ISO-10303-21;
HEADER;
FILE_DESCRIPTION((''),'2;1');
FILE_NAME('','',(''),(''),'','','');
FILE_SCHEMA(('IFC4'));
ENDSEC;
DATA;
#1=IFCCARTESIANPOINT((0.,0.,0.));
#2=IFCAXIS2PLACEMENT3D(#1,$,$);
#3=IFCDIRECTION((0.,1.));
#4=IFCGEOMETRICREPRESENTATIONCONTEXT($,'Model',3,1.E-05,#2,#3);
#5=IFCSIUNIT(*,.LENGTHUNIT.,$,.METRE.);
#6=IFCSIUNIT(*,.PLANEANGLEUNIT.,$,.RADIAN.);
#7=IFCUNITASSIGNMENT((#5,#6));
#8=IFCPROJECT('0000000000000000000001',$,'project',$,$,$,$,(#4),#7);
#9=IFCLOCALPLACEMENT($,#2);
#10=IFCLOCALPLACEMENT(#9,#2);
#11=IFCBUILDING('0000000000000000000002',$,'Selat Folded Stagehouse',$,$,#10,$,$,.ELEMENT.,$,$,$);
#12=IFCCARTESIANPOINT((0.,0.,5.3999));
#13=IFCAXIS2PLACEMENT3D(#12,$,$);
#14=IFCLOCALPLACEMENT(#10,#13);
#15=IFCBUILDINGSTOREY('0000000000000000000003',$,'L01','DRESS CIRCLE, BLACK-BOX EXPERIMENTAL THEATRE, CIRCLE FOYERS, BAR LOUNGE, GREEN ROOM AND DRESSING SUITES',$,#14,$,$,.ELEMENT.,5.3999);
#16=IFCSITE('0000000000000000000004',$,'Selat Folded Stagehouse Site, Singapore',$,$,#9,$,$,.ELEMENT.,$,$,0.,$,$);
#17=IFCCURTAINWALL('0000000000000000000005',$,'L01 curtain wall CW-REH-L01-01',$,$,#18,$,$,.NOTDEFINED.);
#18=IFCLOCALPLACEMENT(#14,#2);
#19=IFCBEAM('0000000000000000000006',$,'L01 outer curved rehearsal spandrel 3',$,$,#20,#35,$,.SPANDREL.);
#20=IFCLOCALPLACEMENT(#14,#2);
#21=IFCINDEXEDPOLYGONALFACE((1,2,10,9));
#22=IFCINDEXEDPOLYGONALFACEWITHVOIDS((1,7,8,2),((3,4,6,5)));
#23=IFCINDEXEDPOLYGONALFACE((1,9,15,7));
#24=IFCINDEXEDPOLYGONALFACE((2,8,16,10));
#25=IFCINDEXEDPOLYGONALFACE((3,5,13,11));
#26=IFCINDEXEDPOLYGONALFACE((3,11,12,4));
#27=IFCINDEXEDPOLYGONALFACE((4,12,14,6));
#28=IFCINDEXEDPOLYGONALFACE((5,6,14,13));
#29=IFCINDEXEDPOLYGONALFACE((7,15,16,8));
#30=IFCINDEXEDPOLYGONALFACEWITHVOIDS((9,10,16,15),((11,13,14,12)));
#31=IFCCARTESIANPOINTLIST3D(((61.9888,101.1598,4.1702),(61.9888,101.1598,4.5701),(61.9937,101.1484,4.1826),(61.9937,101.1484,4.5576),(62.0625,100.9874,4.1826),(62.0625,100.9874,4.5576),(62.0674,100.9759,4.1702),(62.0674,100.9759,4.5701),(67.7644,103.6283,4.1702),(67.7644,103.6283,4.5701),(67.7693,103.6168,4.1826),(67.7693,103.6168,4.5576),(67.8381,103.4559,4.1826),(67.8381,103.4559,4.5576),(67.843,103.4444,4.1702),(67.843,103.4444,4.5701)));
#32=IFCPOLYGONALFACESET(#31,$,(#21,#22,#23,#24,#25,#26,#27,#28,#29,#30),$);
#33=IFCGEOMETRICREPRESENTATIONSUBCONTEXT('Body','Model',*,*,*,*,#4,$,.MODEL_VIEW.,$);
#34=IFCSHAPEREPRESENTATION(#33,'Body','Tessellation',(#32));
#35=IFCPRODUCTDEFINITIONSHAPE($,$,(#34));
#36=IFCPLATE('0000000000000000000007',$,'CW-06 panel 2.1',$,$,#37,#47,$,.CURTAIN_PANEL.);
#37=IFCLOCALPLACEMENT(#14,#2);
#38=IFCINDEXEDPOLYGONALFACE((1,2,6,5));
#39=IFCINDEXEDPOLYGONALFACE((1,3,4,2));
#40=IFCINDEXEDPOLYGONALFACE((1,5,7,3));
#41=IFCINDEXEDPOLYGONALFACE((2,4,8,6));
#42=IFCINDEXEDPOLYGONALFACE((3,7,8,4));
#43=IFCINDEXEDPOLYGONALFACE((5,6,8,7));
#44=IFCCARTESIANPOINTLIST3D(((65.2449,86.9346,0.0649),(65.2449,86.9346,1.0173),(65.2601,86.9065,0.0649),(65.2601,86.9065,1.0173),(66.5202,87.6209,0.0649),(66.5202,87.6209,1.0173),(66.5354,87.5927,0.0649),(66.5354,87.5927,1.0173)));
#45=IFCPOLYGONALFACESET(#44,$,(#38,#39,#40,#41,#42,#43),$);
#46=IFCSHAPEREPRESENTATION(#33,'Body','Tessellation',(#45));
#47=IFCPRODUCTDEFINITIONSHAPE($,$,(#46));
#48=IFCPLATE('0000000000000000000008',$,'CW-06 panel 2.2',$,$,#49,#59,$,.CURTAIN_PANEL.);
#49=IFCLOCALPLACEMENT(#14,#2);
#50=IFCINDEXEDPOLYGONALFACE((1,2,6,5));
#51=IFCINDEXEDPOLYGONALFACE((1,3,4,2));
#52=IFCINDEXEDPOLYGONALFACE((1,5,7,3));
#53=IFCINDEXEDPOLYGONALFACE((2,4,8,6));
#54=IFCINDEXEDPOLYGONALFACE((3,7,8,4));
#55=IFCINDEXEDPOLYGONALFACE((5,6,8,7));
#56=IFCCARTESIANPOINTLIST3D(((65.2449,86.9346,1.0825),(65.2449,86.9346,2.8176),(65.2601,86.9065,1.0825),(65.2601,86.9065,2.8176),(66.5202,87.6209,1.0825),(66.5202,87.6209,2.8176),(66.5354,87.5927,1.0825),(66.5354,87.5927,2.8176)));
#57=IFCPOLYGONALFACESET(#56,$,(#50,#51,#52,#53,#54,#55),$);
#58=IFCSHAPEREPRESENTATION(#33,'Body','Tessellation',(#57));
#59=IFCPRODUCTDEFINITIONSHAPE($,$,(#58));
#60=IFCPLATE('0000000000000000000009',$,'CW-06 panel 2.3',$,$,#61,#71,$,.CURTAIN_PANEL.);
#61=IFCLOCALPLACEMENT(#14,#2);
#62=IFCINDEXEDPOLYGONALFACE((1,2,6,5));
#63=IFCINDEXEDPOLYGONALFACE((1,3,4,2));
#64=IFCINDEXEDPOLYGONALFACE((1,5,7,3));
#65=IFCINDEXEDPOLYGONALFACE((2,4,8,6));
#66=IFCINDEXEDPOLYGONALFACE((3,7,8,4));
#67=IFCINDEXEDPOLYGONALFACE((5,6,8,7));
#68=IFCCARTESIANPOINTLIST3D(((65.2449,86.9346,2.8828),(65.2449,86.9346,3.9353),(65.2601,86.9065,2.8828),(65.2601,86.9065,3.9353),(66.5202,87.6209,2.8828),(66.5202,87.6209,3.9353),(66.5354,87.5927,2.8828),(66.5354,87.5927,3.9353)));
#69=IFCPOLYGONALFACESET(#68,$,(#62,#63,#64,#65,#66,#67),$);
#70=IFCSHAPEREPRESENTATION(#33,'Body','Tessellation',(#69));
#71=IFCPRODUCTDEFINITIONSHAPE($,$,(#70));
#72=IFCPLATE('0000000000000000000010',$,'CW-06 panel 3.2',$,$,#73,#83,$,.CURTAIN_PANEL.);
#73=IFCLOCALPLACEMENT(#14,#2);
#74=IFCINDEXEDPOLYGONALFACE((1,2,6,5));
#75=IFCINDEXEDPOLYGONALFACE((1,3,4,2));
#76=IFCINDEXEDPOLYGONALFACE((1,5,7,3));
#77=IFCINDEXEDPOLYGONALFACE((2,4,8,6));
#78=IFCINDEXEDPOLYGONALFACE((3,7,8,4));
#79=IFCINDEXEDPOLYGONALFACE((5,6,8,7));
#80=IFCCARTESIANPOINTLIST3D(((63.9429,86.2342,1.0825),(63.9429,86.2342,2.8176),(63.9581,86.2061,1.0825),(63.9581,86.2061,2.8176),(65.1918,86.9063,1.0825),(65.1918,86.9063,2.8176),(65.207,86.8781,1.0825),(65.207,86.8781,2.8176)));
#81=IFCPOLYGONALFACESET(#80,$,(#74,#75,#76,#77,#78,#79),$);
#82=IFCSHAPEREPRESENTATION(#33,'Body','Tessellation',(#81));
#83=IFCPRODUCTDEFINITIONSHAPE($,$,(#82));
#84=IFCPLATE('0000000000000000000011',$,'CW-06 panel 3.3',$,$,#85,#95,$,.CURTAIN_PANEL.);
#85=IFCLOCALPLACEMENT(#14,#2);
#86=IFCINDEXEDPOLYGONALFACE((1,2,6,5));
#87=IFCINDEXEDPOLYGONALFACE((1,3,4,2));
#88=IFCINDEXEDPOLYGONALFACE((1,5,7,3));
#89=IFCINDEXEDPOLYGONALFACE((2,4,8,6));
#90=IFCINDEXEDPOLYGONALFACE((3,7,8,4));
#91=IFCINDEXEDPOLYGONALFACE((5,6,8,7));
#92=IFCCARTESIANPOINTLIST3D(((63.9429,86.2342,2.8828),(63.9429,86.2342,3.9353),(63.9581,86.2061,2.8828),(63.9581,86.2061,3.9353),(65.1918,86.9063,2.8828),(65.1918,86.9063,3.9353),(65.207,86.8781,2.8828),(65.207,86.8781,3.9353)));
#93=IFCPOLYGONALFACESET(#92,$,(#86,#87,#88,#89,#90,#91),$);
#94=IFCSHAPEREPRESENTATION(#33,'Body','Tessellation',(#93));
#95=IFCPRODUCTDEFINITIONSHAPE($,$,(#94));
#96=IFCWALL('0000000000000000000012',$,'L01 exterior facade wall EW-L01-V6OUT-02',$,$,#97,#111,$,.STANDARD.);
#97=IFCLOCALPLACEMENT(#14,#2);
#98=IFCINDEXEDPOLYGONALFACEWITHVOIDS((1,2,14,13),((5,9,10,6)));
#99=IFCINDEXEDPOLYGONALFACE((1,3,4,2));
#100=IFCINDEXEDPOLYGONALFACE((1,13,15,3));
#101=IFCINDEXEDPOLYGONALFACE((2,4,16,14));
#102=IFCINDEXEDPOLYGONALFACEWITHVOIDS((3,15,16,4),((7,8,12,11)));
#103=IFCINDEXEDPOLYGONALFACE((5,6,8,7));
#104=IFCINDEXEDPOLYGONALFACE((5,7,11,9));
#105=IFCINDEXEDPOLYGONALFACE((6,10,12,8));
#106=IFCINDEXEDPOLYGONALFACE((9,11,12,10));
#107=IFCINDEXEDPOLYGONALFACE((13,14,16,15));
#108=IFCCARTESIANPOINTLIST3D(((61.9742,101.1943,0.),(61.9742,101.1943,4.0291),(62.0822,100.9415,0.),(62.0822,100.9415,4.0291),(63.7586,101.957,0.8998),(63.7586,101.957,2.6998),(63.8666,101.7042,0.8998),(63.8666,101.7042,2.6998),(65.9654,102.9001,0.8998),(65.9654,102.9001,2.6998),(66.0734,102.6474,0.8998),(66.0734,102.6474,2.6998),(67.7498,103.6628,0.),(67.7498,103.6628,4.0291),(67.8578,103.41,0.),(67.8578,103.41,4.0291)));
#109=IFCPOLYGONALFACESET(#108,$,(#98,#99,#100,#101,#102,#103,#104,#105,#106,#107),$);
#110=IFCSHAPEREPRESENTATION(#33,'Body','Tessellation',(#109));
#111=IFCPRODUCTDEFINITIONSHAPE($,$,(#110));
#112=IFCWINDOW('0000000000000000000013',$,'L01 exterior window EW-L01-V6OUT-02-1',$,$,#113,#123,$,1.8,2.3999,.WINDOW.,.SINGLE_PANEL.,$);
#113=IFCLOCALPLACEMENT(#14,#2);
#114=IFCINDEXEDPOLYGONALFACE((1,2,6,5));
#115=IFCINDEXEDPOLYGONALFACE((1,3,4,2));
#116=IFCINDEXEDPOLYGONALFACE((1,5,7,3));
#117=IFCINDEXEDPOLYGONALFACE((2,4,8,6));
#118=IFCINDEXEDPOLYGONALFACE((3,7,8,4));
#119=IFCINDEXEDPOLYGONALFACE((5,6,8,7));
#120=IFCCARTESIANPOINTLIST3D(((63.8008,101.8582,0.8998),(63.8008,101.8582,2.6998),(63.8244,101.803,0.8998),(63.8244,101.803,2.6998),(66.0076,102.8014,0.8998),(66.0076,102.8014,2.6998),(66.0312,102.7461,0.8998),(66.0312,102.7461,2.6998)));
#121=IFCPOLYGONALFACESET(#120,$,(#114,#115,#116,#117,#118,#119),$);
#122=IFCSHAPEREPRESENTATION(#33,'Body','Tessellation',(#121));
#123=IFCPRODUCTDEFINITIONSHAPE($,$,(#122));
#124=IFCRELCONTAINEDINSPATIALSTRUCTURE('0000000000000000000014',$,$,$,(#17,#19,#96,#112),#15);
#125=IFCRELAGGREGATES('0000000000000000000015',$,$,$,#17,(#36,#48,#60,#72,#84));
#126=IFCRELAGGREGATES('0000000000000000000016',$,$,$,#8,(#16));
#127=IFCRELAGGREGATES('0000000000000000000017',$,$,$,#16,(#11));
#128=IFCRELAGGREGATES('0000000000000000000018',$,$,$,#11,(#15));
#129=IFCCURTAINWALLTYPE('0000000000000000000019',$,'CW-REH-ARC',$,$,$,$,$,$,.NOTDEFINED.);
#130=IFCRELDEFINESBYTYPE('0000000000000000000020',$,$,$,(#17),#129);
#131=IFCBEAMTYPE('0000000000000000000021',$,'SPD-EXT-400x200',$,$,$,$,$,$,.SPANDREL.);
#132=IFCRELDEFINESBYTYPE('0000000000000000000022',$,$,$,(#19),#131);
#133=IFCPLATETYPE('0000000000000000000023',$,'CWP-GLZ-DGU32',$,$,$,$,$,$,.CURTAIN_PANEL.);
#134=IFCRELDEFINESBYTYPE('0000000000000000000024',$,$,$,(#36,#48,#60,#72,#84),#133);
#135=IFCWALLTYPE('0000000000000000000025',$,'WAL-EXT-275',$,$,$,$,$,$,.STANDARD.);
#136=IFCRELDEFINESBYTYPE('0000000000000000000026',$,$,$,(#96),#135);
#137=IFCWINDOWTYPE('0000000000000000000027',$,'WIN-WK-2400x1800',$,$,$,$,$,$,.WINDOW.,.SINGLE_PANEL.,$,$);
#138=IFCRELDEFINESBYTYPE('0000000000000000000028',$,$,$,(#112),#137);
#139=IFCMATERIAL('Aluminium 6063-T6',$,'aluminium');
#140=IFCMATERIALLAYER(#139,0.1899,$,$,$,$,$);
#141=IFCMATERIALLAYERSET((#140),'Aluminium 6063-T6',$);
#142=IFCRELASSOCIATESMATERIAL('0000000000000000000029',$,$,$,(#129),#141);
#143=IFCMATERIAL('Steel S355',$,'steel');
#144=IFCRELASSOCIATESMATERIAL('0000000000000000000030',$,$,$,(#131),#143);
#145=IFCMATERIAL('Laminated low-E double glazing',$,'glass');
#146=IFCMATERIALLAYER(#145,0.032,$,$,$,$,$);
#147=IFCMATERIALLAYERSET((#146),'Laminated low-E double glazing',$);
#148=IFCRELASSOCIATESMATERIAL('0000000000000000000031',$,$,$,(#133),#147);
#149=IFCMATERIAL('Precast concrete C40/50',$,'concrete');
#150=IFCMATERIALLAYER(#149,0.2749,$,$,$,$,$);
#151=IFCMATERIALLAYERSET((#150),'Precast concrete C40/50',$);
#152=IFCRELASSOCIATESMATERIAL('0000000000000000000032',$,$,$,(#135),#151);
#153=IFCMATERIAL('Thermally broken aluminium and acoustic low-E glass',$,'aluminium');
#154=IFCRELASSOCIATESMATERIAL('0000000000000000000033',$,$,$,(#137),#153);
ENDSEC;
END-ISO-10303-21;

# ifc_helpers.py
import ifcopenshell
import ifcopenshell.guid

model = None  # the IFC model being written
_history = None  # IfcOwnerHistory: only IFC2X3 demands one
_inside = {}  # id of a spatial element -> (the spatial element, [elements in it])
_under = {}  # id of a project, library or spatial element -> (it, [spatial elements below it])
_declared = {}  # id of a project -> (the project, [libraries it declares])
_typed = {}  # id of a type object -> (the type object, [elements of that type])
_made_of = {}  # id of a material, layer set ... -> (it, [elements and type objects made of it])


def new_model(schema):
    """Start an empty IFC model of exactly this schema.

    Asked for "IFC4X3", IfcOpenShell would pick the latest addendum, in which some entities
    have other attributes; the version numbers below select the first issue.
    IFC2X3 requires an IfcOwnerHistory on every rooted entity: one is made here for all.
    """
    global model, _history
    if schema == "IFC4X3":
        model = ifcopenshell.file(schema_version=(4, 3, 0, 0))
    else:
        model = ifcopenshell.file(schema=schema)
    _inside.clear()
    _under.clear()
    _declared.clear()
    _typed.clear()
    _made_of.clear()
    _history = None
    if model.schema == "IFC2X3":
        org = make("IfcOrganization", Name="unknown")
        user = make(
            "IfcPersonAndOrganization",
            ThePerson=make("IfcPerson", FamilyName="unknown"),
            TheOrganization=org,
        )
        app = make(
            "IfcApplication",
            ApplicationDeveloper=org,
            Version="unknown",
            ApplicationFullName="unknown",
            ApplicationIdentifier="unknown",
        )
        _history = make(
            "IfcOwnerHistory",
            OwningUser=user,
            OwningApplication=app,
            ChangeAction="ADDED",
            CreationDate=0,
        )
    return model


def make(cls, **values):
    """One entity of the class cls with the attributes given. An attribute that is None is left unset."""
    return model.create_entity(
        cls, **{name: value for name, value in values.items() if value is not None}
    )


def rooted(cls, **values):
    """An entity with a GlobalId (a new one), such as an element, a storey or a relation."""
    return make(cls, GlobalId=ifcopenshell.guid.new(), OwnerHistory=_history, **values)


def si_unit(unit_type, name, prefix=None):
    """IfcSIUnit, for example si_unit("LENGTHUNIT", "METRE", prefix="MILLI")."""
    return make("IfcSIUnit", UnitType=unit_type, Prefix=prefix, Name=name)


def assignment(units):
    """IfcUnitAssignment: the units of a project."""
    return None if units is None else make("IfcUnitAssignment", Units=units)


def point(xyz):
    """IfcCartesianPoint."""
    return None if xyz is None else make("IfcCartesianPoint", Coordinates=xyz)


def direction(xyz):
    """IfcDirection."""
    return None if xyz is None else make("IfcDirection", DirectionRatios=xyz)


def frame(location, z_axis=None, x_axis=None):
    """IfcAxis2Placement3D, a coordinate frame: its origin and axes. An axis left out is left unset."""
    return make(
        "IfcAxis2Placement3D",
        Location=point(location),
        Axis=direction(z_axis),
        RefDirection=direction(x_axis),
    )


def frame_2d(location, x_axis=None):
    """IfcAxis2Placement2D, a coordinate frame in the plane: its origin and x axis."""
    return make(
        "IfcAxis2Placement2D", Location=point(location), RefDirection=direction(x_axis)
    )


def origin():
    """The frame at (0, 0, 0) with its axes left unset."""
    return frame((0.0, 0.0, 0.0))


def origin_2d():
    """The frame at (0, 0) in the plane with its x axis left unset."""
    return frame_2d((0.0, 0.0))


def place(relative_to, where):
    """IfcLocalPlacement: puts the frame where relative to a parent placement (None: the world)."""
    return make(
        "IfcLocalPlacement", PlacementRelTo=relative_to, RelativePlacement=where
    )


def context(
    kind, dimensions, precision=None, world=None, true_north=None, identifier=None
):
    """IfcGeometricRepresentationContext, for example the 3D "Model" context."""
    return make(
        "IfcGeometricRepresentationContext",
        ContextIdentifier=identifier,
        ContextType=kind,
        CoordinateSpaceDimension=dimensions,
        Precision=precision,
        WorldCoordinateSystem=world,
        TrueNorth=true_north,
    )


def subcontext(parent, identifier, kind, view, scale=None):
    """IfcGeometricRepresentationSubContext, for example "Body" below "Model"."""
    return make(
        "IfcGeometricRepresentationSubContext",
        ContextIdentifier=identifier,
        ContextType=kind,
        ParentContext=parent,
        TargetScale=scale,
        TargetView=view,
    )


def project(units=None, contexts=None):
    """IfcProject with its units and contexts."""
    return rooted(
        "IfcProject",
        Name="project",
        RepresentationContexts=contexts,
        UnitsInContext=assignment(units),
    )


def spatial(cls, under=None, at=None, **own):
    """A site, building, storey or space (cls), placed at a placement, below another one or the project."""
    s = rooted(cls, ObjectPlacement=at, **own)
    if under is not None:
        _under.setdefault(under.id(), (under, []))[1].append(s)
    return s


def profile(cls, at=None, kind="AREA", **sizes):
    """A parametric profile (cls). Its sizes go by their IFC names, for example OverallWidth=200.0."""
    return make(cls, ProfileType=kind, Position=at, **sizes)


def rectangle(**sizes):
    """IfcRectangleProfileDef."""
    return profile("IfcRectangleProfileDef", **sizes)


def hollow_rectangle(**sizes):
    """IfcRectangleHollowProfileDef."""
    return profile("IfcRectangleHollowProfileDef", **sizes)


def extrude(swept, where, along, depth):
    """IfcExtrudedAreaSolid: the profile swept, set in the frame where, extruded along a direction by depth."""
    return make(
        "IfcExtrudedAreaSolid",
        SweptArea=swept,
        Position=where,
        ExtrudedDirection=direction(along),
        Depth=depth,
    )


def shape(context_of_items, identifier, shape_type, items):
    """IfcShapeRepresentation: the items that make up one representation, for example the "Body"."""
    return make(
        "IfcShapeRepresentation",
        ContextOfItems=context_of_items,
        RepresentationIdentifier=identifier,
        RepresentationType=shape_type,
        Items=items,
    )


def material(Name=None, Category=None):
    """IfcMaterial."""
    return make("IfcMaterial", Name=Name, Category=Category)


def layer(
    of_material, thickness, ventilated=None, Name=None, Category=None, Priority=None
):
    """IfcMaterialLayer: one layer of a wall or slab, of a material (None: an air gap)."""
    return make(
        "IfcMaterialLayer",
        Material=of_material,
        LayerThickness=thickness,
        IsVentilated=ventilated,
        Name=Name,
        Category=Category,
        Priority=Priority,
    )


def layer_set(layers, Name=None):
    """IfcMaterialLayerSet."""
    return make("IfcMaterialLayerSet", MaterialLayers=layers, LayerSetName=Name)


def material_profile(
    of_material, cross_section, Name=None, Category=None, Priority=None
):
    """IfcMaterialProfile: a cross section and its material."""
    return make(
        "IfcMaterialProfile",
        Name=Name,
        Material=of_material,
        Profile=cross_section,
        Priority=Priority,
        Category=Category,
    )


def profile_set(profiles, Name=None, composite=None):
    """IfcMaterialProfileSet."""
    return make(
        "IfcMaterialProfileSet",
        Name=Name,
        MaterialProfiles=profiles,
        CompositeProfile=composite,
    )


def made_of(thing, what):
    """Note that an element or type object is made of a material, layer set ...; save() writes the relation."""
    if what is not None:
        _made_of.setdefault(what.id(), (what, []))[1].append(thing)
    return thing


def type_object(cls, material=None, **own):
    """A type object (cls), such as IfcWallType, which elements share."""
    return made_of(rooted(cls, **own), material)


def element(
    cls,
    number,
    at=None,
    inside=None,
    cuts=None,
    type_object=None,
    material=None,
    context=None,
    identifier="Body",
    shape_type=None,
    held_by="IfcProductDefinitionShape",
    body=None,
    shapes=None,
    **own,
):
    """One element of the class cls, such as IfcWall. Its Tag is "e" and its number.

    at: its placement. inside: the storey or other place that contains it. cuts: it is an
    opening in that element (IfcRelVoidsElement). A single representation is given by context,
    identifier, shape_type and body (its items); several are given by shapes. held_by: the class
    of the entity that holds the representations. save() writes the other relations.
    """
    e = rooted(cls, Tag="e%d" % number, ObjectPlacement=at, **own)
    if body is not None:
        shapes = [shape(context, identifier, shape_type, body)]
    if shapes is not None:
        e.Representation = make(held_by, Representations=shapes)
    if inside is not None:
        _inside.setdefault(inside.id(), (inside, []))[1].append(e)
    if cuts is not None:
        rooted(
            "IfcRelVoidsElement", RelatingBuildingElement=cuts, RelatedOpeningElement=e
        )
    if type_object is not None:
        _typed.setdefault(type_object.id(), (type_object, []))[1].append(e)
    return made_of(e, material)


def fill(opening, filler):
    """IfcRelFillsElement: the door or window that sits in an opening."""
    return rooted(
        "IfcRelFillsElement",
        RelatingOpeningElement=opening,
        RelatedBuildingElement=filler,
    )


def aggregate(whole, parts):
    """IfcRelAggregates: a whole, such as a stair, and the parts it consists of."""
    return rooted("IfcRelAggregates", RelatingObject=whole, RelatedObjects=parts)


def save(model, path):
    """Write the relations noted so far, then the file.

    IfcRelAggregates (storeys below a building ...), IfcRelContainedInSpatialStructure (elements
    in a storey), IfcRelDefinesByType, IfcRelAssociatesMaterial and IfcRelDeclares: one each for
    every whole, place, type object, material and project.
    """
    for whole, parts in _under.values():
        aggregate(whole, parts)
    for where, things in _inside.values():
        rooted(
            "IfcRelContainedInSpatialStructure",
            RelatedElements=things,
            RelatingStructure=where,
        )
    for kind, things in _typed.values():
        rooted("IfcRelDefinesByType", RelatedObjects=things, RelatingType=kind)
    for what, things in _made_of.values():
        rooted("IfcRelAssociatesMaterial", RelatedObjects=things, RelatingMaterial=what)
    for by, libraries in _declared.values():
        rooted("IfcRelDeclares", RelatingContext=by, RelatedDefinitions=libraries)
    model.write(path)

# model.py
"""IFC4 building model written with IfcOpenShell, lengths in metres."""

from ifc_helpers import new_model, si_unit, direction, frame, frame_2d, origin, origin_2d, place, context, subcontext, project, spatial, rectangle, hollow_rectangle, extrude, material, layer, layer_set, material_profile, profile_set, type_object, element, fill, aggregate, save


model = new_model("IFC4")

# Units and contexts
model_context = context("Model", 3, precision=1e-05, world=origin(), true_north=direction((0.0, 1.0)))
body_context = subcontext(model_context, "Body", "Model", "MODEL_VIEW")
ifc_project = project(units=[si_unit("LENGTHUNIT", "METRE"), si_unit("PLANEANGLEUNIT", "RADIAN")], contexts=[model_context])

# Site, building, storey
site_placement = place(None, origin())
site = spatial("IfcSite", under=ifc_project, at=site_placement, Name="Selat Folded Stagehouse Site, Singapore", CompositionType="ELEMENT", RefElevation=0.0)
building_placement = place(site_placement, origin())
building = spatial("IfcBuilding", under=site, at=building_placement, Name="Selat Folded Stagehouse", CompositionType="ELEMENT")
storey_placement = place(building_placement, frame((0.0, 0.0, 5.3999)))
storey = spatial("IfcBuildingStorey", under=building, at=storey_placement, Name="L01", Description="DRESS CIRCLE, BLACK-BOX EXPERIMENTAL THEATRE, CIRCLE FOYERS, BAR LOUNGE, GREEN ROOM AND DRESSING SUITES", CompositionType="ELEMENT", Elevation=5.3999)

# Shared definitions
ifc_material_1 = material(Name="Steel S355", Category="steel")

# Curtain wall
ifc_material_2 = material(Name="Aluminium 6063-T6", Category="aluminium")
ifc_layer_1 = layer(ifc_material_2, 0.1899)
ifc_layer_set_1 = layer_set([ifc_layer_1], Name="Aluminium 6063-T6")
curtain_wall_type = type_object("IfcCurtainWallType", Name="CW-REH-ARC", PredefinedType="NOTDEFINED", material=ifc_layer_set_1)
curtain_wall_placement = place(storey_placement, origin())
curtain_wall = element("IfcCurtainWall", 1, at=curtain_wall_placement, inside=storey, type_object=curtain_wall_type, Name="L01 curtain wall CW-REH-L01-01", PredefinedType="NOTDEFINED")

# Beam
ifc_material_profile_1 = material_profile(ifc_material_1, hollow_rectangle(XDim=0.2, YDim=0.3999, WallThickness=0.0125, at=origin_2d()), Name="RHS 400x200x12.5")
ifc_profile_set_1 = profile_set([ifc_material_profile_1], Name="Steel S355")
beam_type_1 = type_object("IfcBeamType", Name="SPD-EXT-400x200", PredefinedType="SPANDREL", material=ifc_profile_set_1)
beam_1_placement = place(storey_placement, frame((62.0281, 101.0679, 4.3701), z_axis=(0.919535, 0.393009, 0.0), x_axis=(-0.393009, 0.919535, 0.0)))
element("IfcBeam", 2, at=beam_1_placement, inside=storey, type_object=beam_type_1, Name="L01 outer curved rehearsal spandrel 3", PredefinedType="SPANDREL", context=body_context, shape_type="SweptSolid", body=[
    extrude(hollow_rectangle(XDim=0.2, YDim=0.3999, WallThickness=0.0125, at=origin_2d()), origin(), (0.0, 0.0, 1.0), 6.281),
])

# Plates
ifc_material_3 = material(Name="Laminated low-E double glazing", Category="glass")
ifc_layer_2 = layer(ifc_material_3, 0.032)
ifc_layer_set_2 = layer_set([ifc_layer_2], Name="Laminated low-E double glazing")
plate_type = type_object("IfcPlateType", Name="CWP-GLZ-DGU32", PredefinedType="CURTAIN_PANEL", material=ifc_layer_set_2)
plate_1_placement = place(storey_placement, frame((65.8901, 87.2637, 0.0649), z_axis=(0.0, 0.0, 1.0), x_axis=(-0.880601, -0.473859, 0.0)))
plate_1 = element("IfcPlate", 3, at=plate_1_placement, type_object=plate_type, Name="CW-06 panel 2.1", PredefinedType="CURTAIN_PANEL", context=body_context, shape_type="SweptSolid", body=[
    extrude(rectangle(XDim=1.4482, YDim=0.032, at=origin_2d()), origin(), (0.0, 0.0, 1.0), 0.9524),
])
plate_2_placement = place(storey_placement, frame((65.8901, 87.2637, 1.0825), z_axis=(0.0, 0.0, 1.0), x_axis=(-0.880601, -0.473859, 0.0)))
plate_2 = element("IfcPlate", 4, at=plate_2_placement, type_object=plate_type, Name="CW-06 panel 2.2", PredefinedType="CURTAIN_PANEL", context=body_context, shape_type="SweptSolid", body=[
    extrude(rectangle(XDim=1.4482, YDim=0.032, at=origin_2d()), origin(), (0.0, 0.0, 1.0), 1.7351),
])
plate_3_placement = place(storey_placement, frame((65.8901, 87.2637, 2.8828), z_axis=(0.0, 0.0, 1.0), x_axis=(-0.880601, -0.473859, 0.0)))
plate_3 = element("IfcPlate", 5, at=plate_3_placement, type_object=plate_type, Name="CW-06 panel 2.3", PredefinedType="CURTAIN_PANEL", context=body_context, shape_type="SweptSolid", body=[
    extrude(rectangle(XDim=1.4482, YDim=0.032, at=origin_2d()), origin(), (0.0, 0.0, 1.0), 1.0525),
])
plate_4_placement = place(storey_placement, frame((64.575, 86.5562, 1.0825), z_axis=(0.0, 0.0, 1.0), x_axis=(-0.880601, -0.473859, 0.0)))
plate_4 = element("IfcPlate", 6, at=plate_4_placement, type_object=plate_type, Name="CW-06 panel 3.2", PredefinedType="CURTAIN_PANEL", context=body_context, shape_type="SweptSolid", body=[
    extrude(rectangle(XDim=1.4182, YDim=0.032, at=origin_2d()), origin(), (0.0, 0.0, 1.0), 1.7351),
])
plate_5_placement = place(storey_placement, frame((64.575, 86.5562, 2.8828), z_axis=(0.0, 0.0, 1.0), x_axis=(-0.880601, -0.473859, 0.0)))
plate_5 = element("IfcPlate", 7, at=plate_5_placement, type_object=plate_type, Name="CW-06 panel 3.3", PredefinedType="CURTAIN_PANEL", context=body_context, shape_type="SweptSolid", body=[
    extrude(rectangle(XDim=1.4182, YDim=0.032, at=origin_2d()), origin(), (0.0, 0.0, 1.0), 1.0525),
])
aggregate(curtain_wall, [plate_1, plate_2, plate_3, plate_4, plate_5])

# Wall, opening, window
ifc_material_4 = material(Name="Precast concrete C40/50", Category="concrete")
ifc_layer_3 = layer(ifc_material_4, 0.2749)
ifc_layer_set_3 = layer_set([ifc_layer_3], Name="Precast concrete C40/50")
wall_type = type_object("IfcWallType", Name="WAL-EXT-275", PredefinedType="STANDARD", material=ifc_layer_set_3)
wall_placement = place(storey_placement, frame((62.0281, 101.0679, 0.0), z_axis=(0.0, 0.0, 1.0), x_axis=(0.919535, 0.393009, 0.0)))
wall = element("IfcWall", 8, at=wall_placement, inside=storey, type_object=wall_type, Name="L01 exterior facade wall EW-L01-V6OUT-02", PredefinedType="STANDARD", context=body_context, shape_type="SweptSolid", body=[
    extrude(rectangle(XDim=6.281, YDim=0.2749, at=frame_2d((3.1406, 0.0))), origin(), (0.0, 0.0, 1.0), 4.0291),
])
opening_placement = place(wall_placement, frame((1.9407, 0.0, 0.8999)))
opening = element("IfcOpeningElement", 9, at=opening_placement, cuts=wall, PredefinedType="OPENING", context=body_context, shape_type="SweptSolid", body=[
    extrude(rectangle(XDim=2.3999, YDim=1.8, at=frame_2d((1.2, 0.8999))), frame((0.0, 0.1475, 0.0), z_axis=(0.0, -1.0, 0.0), x_axis=(1.0, 0.0, 0.0)), (0.0, 0.0, 1.0), 0.2949),
])
ifc_material_5 = material(Name="Thermally broken aluminium and acoustic low-E glass", Category="aluminium")
window_type = type_object("IfcWindowType", Name="WIN-WK-2400x1800", PartitioningType="SINGLE_PANEL", PredefinedType="WINDOW", material=ifc_material_5)
window_placement = place(opening_placement, origin())
window = element("IfcWindow", 10, at=window_placement, inside=storey, type_object=window_type, Name="L01 exterior window EW-L01-V6OUT-02-1", OverallHeight=1.8, OverallWidth=2.3999, PartitioningType="SINGLE_PANEL", PredefinedType="WINDOW", context=body_context, shape_type="SweptSolid", body=[
    extrude(rectangle(XDim=2.3999, YDim=1.8, at=frame_2d((1.2, 0.8999))), frame((0.0, 0.03, 0.0), z_axis=(0.0, -1.0, 0.0), x_axis=(1.0, 0.0, 0.0)), (0.0, 0.0, 1.0), 0.0601),
])
fill(opening, window)

save(model, "model.ifc")
